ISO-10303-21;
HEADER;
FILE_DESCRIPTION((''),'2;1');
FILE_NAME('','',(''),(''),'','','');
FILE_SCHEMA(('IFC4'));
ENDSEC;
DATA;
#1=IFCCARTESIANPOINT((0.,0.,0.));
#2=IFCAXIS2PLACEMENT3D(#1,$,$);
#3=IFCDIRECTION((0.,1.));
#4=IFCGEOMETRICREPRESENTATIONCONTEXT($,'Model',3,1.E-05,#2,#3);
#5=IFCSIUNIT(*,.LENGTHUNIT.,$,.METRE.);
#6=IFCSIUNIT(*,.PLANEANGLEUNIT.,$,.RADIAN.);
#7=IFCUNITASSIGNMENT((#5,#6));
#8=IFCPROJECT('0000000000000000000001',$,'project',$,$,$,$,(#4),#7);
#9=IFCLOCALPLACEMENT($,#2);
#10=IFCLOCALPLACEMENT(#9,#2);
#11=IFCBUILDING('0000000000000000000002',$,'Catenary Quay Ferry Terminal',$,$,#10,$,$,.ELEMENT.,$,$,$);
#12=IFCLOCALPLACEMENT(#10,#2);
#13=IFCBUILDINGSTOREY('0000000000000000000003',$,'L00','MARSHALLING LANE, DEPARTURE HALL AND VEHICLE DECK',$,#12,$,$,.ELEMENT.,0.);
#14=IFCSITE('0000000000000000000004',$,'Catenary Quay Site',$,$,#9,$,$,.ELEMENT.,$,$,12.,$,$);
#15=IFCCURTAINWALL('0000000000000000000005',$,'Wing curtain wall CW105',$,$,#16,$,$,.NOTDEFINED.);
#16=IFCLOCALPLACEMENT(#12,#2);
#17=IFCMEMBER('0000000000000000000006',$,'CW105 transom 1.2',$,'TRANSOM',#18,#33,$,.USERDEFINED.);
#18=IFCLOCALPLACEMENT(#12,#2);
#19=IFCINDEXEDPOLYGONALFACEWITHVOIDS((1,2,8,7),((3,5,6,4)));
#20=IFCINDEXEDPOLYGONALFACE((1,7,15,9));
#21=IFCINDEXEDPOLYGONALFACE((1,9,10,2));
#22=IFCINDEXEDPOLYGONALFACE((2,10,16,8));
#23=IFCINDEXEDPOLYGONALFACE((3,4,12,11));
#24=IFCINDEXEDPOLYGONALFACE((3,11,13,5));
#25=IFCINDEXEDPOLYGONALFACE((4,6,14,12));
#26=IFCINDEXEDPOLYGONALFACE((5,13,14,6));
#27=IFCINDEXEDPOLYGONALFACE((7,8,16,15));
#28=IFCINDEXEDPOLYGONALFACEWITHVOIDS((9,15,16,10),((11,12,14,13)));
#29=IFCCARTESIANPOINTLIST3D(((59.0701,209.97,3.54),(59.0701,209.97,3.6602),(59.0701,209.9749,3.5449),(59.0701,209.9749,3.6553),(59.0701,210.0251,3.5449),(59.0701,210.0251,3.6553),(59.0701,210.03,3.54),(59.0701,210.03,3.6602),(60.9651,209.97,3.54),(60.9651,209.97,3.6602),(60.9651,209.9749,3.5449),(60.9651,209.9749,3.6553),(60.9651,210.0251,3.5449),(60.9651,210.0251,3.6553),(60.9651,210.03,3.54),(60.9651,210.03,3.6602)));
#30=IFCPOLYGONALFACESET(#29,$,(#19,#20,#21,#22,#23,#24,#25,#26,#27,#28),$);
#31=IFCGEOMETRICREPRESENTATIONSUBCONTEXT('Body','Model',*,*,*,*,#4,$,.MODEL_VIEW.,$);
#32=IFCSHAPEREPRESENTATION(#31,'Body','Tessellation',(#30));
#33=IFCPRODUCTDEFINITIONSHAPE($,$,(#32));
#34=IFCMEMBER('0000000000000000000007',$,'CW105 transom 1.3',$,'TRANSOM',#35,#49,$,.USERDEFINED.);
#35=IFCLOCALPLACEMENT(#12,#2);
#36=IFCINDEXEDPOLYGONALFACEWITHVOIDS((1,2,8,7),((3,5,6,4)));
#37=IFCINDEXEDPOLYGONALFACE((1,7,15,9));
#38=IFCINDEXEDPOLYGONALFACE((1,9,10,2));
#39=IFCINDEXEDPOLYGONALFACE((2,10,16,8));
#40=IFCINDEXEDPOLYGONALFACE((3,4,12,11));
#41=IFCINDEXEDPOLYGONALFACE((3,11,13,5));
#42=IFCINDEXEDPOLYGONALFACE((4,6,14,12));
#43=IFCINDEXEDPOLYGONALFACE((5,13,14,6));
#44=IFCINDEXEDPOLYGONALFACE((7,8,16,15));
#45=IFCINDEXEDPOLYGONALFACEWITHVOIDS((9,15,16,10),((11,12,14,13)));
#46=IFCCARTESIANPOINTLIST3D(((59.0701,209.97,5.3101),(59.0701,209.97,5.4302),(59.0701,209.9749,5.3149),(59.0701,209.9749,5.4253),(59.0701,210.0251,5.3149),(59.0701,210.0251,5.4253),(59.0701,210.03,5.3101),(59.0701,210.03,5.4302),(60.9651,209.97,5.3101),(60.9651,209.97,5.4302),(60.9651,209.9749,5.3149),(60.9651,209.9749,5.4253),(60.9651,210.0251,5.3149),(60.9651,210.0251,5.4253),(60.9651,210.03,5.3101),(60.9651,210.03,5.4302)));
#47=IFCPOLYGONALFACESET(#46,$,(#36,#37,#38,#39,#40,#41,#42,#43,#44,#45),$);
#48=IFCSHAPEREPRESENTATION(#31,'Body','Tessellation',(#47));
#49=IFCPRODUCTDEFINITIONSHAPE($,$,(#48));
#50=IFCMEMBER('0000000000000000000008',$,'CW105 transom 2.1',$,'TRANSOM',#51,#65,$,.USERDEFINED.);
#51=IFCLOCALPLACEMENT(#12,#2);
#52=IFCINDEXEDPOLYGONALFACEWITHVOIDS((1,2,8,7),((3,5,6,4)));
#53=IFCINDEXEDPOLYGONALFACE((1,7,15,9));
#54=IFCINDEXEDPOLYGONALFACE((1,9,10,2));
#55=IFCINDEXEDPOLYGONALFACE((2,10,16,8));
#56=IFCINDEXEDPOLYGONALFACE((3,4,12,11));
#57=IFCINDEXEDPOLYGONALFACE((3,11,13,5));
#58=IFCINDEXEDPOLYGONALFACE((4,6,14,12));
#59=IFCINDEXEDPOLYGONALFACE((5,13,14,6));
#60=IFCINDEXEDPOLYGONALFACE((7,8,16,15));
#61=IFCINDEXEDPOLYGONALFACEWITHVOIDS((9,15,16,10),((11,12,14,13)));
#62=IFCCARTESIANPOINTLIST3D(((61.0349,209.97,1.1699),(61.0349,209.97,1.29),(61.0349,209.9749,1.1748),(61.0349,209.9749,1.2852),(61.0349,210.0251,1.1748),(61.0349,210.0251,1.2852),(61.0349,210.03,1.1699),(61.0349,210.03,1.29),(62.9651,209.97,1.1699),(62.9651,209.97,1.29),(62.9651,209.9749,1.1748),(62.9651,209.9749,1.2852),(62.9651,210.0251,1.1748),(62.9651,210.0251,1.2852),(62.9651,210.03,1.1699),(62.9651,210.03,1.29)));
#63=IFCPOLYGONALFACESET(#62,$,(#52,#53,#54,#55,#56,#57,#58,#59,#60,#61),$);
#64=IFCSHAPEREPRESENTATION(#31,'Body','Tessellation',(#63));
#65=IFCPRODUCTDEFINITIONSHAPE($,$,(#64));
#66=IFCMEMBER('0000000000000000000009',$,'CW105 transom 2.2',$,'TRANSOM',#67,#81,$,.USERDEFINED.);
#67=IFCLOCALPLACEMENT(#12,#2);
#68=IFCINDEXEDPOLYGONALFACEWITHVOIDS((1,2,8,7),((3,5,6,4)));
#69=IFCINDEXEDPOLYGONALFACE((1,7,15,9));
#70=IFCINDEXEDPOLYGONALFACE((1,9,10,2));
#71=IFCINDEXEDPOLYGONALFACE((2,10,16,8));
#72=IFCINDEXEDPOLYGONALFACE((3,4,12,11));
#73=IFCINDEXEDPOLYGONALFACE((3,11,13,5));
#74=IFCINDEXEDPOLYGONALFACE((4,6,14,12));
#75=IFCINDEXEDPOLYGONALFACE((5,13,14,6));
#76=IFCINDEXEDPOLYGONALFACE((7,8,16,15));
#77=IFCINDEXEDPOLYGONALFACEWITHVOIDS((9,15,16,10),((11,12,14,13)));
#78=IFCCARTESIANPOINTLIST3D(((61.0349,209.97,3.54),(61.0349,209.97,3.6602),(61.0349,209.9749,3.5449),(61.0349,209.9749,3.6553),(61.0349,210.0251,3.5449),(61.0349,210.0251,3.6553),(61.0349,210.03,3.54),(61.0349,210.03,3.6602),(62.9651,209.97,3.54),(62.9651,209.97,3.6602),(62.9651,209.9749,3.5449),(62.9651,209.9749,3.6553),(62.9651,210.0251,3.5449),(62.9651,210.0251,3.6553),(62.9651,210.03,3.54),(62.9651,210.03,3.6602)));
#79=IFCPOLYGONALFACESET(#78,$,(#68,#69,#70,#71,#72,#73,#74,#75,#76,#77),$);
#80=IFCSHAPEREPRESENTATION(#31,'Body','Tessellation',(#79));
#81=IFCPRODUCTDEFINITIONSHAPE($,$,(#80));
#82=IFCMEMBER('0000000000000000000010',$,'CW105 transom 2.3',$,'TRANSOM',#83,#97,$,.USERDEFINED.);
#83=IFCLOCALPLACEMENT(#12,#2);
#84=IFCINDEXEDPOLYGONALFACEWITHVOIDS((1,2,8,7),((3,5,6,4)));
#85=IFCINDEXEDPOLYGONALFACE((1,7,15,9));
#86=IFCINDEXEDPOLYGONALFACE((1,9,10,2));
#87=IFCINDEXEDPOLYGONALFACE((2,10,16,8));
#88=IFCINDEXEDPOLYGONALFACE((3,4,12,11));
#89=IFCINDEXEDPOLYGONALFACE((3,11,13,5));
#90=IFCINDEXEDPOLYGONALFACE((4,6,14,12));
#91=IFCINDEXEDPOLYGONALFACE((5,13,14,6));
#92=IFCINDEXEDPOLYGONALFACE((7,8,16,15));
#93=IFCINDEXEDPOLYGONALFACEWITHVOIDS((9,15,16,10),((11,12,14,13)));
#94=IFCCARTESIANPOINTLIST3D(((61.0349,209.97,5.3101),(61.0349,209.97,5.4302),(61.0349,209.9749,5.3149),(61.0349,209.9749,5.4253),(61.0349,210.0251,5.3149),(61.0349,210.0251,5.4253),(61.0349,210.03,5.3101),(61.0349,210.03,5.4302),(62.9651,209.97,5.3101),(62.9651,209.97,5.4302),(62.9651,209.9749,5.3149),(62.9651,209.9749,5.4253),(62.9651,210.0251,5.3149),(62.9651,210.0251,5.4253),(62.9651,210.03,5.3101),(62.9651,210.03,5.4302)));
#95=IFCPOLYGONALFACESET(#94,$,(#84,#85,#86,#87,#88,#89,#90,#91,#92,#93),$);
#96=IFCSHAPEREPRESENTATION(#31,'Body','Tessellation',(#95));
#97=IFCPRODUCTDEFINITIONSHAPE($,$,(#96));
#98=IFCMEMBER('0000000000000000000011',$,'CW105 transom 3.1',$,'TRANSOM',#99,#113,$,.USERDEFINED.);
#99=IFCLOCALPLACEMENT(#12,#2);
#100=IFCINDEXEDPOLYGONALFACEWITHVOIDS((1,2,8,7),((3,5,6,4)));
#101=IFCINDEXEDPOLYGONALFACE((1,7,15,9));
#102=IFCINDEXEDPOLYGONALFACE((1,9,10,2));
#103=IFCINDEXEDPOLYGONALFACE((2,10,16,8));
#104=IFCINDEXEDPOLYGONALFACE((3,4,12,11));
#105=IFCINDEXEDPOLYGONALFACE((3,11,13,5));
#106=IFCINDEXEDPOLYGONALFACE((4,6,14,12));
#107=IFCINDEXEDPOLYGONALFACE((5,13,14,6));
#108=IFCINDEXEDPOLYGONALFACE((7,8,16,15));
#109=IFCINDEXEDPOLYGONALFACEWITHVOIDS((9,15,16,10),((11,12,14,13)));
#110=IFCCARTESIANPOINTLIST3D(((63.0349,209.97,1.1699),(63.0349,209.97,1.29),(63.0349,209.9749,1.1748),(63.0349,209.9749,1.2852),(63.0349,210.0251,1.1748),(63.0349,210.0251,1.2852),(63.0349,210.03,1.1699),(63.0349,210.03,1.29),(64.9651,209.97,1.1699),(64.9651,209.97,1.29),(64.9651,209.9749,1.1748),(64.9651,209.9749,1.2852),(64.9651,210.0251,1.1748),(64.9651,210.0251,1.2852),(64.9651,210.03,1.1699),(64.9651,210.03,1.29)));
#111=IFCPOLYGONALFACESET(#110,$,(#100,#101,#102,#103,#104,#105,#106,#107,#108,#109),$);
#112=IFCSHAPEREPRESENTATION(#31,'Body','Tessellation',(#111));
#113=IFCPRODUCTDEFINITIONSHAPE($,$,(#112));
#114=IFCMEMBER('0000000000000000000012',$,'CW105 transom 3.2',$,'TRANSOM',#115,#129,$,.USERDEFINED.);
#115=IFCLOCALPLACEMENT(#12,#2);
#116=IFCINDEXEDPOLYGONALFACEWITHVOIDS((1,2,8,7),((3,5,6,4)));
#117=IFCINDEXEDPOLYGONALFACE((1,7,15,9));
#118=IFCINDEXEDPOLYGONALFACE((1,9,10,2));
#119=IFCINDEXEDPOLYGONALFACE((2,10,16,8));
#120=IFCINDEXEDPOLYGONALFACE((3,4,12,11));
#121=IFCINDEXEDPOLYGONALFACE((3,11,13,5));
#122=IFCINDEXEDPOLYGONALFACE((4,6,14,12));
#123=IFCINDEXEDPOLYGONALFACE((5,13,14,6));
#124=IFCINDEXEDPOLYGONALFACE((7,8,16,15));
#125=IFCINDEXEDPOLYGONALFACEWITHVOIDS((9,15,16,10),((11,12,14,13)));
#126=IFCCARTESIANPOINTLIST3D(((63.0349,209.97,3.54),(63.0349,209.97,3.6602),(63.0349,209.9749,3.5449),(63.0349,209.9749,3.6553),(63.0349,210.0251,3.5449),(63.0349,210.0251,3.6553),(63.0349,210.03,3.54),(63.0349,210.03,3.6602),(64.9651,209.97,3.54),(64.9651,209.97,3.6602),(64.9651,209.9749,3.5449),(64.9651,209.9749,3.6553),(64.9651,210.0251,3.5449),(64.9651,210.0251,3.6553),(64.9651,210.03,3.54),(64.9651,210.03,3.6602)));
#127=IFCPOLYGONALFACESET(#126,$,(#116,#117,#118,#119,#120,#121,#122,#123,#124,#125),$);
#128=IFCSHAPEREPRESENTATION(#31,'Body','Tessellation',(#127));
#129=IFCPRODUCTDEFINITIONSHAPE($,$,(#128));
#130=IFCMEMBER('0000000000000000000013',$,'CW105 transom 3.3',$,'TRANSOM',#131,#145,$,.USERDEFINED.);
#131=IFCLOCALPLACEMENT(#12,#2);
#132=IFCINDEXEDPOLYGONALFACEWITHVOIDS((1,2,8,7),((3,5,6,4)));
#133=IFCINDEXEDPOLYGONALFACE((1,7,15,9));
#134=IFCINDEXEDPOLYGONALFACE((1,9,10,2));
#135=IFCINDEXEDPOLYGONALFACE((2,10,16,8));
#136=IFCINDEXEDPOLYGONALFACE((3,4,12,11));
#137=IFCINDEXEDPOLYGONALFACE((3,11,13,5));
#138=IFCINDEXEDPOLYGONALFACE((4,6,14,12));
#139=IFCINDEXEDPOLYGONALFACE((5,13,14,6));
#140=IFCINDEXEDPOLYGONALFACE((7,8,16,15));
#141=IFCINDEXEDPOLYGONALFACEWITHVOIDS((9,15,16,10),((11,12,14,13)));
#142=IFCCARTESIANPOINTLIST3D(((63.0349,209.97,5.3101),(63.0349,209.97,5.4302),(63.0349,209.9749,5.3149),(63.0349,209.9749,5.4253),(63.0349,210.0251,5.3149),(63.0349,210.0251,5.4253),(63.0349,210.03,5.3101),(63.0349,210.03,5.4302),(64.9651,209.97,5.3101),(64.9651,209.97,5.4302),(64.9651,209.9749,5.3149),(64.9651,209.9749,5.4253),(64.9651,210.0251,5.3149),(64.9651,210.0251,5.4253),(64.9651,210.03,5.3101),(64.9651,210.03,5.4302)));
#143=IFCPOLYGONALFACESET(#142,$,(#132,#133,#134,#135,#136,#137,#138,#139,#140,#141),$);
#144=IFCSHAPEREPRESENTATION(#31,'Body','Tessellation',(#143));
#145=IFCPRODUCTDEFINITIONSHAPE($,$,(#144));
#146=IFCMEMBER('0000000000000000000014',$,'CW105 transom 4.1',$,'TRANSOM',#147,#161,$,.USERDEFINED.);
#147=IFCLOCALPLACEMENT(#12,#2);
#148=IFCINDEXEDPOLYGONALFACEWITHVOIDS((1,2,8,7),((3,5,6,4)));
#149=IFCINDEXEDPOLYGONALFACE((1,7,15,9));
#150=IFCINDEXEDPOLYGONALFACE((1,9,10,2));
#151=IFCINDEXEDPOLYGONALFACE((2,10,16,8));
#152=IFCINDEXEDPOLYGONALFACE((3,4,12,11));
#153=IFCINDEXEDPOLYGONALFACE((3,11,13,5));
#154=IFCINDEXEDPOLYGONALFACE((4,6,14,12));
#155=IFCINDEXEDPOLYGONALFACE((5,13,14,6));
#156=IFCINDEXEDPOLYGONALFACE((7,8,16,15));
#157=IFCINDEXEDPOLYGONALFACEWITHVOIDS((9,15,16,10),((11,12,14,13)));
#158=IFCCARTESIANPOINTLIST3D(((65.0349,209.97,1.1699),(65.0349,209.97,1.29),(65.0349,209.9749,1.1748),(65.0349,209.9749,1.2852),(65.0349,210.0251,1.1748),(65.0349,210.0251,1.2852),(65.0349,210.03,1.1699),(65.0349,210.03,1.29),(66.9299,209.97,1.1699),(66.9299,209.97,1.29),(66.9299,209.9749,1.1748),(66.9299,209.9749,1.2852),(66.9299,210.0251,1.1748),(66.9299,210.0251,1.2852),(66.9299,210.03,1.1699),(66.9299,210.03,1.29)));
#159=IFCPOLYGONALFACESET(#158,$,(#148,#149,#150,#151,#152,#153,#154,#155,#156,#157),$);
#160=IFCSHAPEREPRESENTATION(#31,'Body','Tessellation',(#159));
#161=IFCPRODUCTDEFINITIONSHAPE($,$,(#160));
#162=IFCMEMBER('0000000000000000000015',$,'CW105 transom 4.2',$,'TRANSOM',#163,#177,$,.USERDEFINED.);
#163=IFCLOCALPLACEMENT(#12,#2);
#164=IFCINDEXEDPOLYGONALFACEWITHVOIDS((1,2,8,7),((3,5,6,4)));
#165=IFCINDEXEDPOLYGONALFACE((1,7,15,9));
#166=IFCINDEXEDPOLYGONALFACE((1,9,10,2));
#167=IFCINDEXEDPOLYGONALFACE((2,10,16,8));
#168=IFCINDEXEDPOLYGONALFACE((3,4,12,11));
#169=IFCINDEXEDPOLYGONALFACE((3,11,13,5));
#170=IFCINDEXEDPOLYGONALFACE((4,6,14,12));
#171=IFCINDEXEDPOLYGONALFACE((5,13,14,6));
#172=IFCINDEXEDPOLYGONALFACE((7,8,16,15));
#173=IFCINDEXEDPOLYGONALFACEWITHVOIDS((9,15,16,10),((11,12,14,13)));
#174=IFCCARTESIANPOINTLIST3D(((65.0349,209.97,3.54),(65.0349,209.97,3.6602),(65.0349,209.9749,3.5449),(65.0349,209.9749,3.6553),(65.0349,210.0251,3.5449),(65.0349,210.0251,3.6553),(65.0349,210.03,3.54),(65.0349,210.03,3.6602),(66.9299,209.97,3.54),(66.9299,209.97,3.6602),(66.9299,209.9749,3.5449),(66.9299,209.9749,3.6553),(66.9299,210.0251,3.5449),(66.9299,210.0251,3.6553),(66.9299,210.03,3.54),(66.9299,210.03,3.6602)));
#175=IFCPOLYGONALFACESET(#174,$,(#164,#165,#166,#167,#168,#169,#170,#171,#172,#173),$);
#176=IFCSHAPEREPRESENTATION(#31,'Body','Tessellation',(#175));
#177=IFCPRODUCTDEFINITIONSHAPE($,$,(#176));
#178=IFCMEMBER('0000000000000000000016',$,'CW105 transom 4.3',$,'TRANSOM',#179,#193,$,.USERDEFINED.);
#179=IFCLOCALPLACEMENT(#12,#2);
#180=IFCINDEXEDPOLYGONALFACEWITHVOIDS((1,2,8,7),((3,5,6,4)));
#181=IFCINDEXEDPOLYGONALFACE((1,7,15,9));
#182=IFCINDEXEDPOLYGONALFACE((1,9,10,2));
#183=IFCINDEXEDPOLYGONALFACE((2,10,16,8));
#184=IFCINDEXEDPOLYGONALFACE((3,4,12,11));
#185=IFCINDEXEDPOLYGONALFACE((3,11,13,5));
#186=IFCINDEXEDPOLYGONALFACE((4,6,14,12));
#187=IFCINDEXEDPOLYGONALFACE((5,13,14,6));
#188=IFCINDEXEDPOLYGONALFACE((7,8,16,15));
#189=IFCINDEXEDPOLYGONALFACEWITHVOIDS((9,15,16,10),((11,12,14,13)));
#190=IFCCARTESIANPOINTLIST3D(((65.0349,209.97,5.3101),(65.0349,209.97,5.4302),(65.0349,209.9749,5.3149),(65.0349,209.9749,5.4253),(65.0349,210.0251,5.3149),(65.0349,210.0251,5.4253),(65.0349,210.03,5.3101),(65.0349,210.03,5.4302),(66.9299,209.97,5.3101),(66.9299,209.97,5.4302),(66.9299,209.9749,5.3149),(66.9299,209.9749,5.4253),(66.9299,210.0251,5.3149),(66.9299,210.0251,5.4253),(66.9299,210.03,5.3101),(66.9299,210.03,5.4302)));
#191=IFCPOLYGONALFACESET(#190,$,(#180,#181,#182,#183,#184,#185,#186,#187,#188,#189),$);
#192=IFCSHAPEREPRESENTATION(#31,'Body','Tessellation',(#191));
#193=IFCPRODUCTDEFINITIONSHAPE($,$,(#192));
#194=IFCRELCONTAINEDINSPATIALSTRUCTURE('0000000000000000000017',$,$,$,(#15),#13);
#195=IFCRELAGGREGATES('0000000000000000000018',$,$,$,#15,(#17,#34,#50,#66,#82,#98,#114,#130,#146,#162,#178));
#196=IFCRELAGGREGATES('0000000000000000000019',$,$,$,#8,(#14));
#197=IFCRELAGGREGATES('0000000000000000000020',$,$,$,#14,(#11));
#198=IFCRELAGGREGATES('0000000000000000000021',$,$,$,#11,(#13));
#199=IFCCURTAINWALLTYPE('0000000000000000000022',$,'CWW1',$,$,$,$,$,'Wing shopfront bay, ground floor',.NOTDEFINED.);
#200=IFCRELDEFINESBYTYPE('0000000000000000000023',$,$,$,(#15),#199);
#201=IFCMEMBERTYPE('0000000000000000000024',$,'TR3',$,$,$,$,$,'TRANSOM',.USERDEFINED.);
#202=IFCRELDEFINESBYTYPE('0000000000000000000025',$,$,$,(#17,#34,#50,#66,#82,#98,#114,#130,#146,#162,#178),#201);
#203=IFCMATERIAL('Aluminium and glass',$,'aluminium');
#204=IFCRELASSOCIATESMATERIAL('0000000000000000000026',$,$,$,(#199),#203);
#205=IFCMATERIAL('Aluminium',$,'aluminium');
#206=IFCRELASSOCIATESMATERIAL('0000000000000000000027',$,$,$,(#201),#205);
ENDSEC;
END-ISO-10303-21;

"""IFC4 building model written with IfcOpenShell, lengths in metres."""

from ifc_helpers import new_model, si_unit, direction, frame, origin, origin_2d, place, context, subcontext, project, spatial, hollow_rectangle, extrude, material, material_profile, profile_set, type_object, element, aggregate, save


model = new_model("IFC4")

# Units and contexts
model_context = context("Model", 3, precision=1e-05, world=origin(), true_north=direction((0.0, 1.0)))
body_context = subcontext(model_context, "Body", "Model", "MODEL_VIEW")
ifc_project = project(units=[si_unit("LENGTHUNIT", "METRE"), si_unit("PLANEANGLEUNIT", "RADIAN")], contexts=[model_context])

# Site, building, storey
site_placement = place(None, origin())
site = spatial("IfcSite", under=ifc_project, at=site_placement, Name="Catenary Quay Site", CompositionType="ELEMENT", RefElevation=12.0)
building_placement = place(site_placement, origin())
building = spatial("IfcBuilding", under=site, at=building_placement, Name="Catenary Quay Ferry Terminal", CompositionType="ELEMENT")
storey_placement = place(building_placement, origin())
storey = spatial("IfcBuildingStorey", under=building, at=storey_placement, Name="L00", Description="MARSHALLING LANE, DEPARTURE HALL AND VEHICLE DECK", CompositionType="ELEMENT", Elevation=0.0)

# Curtain wall, members
ifc_material_1 = material(Name="Aluminium and glass", Category="aluminium")
curtain_wall_type = type_object("IfcCurtainWallType", Name="CWW1", ElementType="Wing shopfront bay, ground floor", PredefinedType="NOTDEFINED", material=ifc_material_1)
curtain_wall_placement = place(storey_placement, origin())
curtain_wall = element("IfcCurtainWall", 1, at=curtain_wall_placement, inside=storey, type_object=curtain_wall_type, Name="Wing curtain wall CW105", PredefinedType="NOTDEFINED")
ifc_material_2 = material(Name="Aluminium", Category="aluminium")
ifc_material_profile_1 = material_profile(ifc_material_2, hollow_rectangle(XDim=0.0601, YDim=0.1201, WallThickness=0.0049, at=origin_2d()), Name="TR3")
ifc_profile_set_1 = profile_set([ifc_material_profile_1], Name="Aluminium")
member_type_1 = type_object("IfcMemberType", Name="TR3", ElementType="TRANSOM", PredefinedType="USERDEFINED", material=ifc_profile_set_1)
member_1_placement = place(storey_placement, frame((59.0701, 210.0, 3.6001), z_axis=(1.0, 0.0, 0.0), x_axis=(0.0, 1.0, 0.0)))
member_1 = element("IfcMember", 2, at=member_1_placement, type_object=member_type_1, Name="CW105 transom 1.2", ObjectType="TRANSOM", PredefinedType="USERDEFINED", context=body_context, shape_type="SweptSolid", body=[
    extrude(hollow_rectangle(XDim=0.0601, YDim=0.1201, WallThickness=0.0049, at=origin_2d()), origin(), (0.0, 0.0, 1.0), 1.895),
])
member_2_placement = place(storey_placement, frame((59.0701, 210.0, 5.3701), z_axis=(1.0, 0.0, 0.0), x_axis=(0.0, 1.0, 0.0)))
member_2 = element("IfcMember", 3, at=member_2_placement, type_object=member_type_1, Name="CW105 transom 1.3", ObjectType="TRANSOM", PredefinedType="USERDEFINED", context=body_context, shape_type="SweptSolid", body=[
    extrude(hollow_rectangle(XDim=0.0601, YDim=0.1201, WallThickness=0.0049, at=origin_2d()), origin(), (0.0, 0.0, 1.0), 1.895),
])
member_3_placement = place(storey_placement, frame((61.0349, 210.0, 1.23), z_axis=(1.0, 0.0, 0.0), x_axis=(0.0, 1.0, 0.0)))
member_3 = element("IfcMember", 4, at=member_3_placement, type_object=member_type_1, Name="CW105 transom 2.1", ObjectType="TRANSOM", PredefinedType="USERDEFINED", context=body_context, shape_type="SweptSolid", body=[
    extrude(hollow_rectangle(XDim=0.0601, YDim=0.1201, WallThickness=0.0049, at=origin_2d()), origin(), (0.0, 0.0, 1.0), 1.9302),
])
member_4_placement = place(storey_placement, frame((61.0349, 210.0, 3.6001), z_axis=(1.0, 0.0, 0.0), x_axis=(0.0, 1.0, 0.0)))
member_4 = element("IfcMember", 5, at=member_4_placement, type_object=member_type_1, Name="CW105 transom 2.2", ObjectType="TRANSOM", PredefinedType="USERDEFINED", context=body_context, shape_type="SweptSolid", body=[
    extrude(hollow_rectangle(XDim=0.0601, YDim=0.1201, WallThickness=0.0049, at=origin_2d()), origin(), (0.0, 0.0, 1.0), 1.9302),
])
member_5_placement = place(storey_placement, frame((61.0349, 210.0, 5.3701), z_axis=(1.0, 0.0, 0.0), x_axis=(0.0, 1.0, 0.0)))
member_5 = element("IfcMember", 6, at=member_5_placement, type_object=member_type_1, Name="CW105 transom 2.3", ObjectType="TRANSOM", PredefinedType="USERDEFINED", context=body_context, shape_type="SweptSolid", body=[
    extrude(hollow_rectangle(XDim=0.0601, YDim=0.1201, WallThickness=0.0049, at=origin_2d()), origin(), (0.0, 0.0, 1.0), 1.9302),
])
member_6_placement = place(storey_placement, frame((63.0349, 210.0, 1.23), z_axis=(1.0, 0.0, 0.0), x_axis=(0.0, 1.0, 0.0)))
member_6 = element("IfcMember", 7, at=member_6_placement, type_object=member_type_1, Name="CW105 transom 3.1", ObjectType="TRANSOM", PredefinedType="USERDEFINED", context=body_context, shape_type="SweptSolid", body=[
    extrude(hollow_rectangle(XDim=0.0601, YDim=0.1201, WallThickness=0.0049, at=origin_2d()), origin(), (0.0, 0.0, 1.0), 1.9302),
])
member_7_placement = place(storey_placement, frame((63.0349, 210.0, 3.6001), z_axis=(1.0, 0.0, 0.0), x_axis=(0.0, 1.0, 0.0)))
member_7 = element("IfcMember", 8, at=member_7_placement, type_object=member_type_1, Name="CW105 transom 3.2", ObjectType="TRANSOM", PredefinedType="USERDEFINED", context=body_context, shape_type="SweptSolid", body=[
    extrude(hollow_rectangle(XDim=0.0601, YDim=0.1201, WallThickness=0.0049, at=origin_2d()), origin(), (0.0, 0.0, 1.0), 1.9302),
])
member_8_placement = place(storey_placement, frame((63.0349, 210.0, 5.3701), z_axis=(1.0, 0.0, 0.0), x_axis=(0.0, 1.0, 0.0)))
member_8 = element("IfcMember", 9, at=member_8_placement, type_object=member_type_1, Name="CW105 transom 3.3", ObjectType="TRANSOM", PredefinedType="USERDEFINED", context=body_context, shape_type="SweptSolid", body=[
    extrude(hollow_rectangle(XDim=0.0601, YDim=0.1201, WallThickness=0.0049, at=origin_2d()), origin(), (0.0, 0.0, 1.0), 1.9302),
])
member_9_placement = place(storey_placement, frame((65.0349, 210.0, 1.23), z_axis=(1.0, 0.0, 0.0), x_axis=(0.0, 1.0, 0.0)))
member_9 = element("IfcMember", 10, at=member_9_placement, type_object=member_type_1, Name="CW105 transom 4.1", ObjectType="TRANSOM", PredefinedType="USERDEFINED", context=body_context, shape_type="SweptSolid", body=[
    extrude(hollow_rectangle(XDim=0.0601, YDim=0.1201, WallThickness=0.0049, at=origin_2d()), origin(), (0.0, 0.0, 1.0), 1.895),
])
member_10_placement = place(storey_placement, frame((65.0349, 210.0, 3.6001), z_axis=(1.0, 0.0, 0.0), x_axis=(0.0, 1.0, 0.0)))
member_10 = element("IfcMember", 11, at=member_10_placement, type_object=member_type_1, Name="CW105 transom 4.2", ObjectType="TRANSOM", PredefinedType="USERDEFINED", context=body_context, shape_type="SweptSolid", body=[
    extrude(hollow_rectangle(XDim=0.0601, YDim=0.1201, WallThickness=0.0049, at=origin_2d()), origin(), (0.0, 0.0, 1.0), 1.895),
])
member_11_placement = place(storey_placement, frame((65.0349, 210.0, 5.3701), z_axis=(1.0, 0.0, 0.0), x_axis=(0.0, 1.0, 0.0)))
member_11 = element("IfcMember", 12, at=member_11_placement, type_object=member_type_1, Name="CW105 transom 4.3", ObjectType="TRANSOM", PredefinedType="USERDEFINED", context=body_context, shape_type="SweptSolid", body=[
    extrude(hollow_rectangle(XDim=0.0601, YDim=0.1201, WallThickness=0.0049, at=origin_2d()), origin(), (0.0, 0.0, 1.0), 1.895),
])
aggregate(curtain_wall, [member_1, member_2, member_3, member_4, member_5, member_6, member_7, member_8, member_9, member_10, member_11])

save(model, "model.ifc")
